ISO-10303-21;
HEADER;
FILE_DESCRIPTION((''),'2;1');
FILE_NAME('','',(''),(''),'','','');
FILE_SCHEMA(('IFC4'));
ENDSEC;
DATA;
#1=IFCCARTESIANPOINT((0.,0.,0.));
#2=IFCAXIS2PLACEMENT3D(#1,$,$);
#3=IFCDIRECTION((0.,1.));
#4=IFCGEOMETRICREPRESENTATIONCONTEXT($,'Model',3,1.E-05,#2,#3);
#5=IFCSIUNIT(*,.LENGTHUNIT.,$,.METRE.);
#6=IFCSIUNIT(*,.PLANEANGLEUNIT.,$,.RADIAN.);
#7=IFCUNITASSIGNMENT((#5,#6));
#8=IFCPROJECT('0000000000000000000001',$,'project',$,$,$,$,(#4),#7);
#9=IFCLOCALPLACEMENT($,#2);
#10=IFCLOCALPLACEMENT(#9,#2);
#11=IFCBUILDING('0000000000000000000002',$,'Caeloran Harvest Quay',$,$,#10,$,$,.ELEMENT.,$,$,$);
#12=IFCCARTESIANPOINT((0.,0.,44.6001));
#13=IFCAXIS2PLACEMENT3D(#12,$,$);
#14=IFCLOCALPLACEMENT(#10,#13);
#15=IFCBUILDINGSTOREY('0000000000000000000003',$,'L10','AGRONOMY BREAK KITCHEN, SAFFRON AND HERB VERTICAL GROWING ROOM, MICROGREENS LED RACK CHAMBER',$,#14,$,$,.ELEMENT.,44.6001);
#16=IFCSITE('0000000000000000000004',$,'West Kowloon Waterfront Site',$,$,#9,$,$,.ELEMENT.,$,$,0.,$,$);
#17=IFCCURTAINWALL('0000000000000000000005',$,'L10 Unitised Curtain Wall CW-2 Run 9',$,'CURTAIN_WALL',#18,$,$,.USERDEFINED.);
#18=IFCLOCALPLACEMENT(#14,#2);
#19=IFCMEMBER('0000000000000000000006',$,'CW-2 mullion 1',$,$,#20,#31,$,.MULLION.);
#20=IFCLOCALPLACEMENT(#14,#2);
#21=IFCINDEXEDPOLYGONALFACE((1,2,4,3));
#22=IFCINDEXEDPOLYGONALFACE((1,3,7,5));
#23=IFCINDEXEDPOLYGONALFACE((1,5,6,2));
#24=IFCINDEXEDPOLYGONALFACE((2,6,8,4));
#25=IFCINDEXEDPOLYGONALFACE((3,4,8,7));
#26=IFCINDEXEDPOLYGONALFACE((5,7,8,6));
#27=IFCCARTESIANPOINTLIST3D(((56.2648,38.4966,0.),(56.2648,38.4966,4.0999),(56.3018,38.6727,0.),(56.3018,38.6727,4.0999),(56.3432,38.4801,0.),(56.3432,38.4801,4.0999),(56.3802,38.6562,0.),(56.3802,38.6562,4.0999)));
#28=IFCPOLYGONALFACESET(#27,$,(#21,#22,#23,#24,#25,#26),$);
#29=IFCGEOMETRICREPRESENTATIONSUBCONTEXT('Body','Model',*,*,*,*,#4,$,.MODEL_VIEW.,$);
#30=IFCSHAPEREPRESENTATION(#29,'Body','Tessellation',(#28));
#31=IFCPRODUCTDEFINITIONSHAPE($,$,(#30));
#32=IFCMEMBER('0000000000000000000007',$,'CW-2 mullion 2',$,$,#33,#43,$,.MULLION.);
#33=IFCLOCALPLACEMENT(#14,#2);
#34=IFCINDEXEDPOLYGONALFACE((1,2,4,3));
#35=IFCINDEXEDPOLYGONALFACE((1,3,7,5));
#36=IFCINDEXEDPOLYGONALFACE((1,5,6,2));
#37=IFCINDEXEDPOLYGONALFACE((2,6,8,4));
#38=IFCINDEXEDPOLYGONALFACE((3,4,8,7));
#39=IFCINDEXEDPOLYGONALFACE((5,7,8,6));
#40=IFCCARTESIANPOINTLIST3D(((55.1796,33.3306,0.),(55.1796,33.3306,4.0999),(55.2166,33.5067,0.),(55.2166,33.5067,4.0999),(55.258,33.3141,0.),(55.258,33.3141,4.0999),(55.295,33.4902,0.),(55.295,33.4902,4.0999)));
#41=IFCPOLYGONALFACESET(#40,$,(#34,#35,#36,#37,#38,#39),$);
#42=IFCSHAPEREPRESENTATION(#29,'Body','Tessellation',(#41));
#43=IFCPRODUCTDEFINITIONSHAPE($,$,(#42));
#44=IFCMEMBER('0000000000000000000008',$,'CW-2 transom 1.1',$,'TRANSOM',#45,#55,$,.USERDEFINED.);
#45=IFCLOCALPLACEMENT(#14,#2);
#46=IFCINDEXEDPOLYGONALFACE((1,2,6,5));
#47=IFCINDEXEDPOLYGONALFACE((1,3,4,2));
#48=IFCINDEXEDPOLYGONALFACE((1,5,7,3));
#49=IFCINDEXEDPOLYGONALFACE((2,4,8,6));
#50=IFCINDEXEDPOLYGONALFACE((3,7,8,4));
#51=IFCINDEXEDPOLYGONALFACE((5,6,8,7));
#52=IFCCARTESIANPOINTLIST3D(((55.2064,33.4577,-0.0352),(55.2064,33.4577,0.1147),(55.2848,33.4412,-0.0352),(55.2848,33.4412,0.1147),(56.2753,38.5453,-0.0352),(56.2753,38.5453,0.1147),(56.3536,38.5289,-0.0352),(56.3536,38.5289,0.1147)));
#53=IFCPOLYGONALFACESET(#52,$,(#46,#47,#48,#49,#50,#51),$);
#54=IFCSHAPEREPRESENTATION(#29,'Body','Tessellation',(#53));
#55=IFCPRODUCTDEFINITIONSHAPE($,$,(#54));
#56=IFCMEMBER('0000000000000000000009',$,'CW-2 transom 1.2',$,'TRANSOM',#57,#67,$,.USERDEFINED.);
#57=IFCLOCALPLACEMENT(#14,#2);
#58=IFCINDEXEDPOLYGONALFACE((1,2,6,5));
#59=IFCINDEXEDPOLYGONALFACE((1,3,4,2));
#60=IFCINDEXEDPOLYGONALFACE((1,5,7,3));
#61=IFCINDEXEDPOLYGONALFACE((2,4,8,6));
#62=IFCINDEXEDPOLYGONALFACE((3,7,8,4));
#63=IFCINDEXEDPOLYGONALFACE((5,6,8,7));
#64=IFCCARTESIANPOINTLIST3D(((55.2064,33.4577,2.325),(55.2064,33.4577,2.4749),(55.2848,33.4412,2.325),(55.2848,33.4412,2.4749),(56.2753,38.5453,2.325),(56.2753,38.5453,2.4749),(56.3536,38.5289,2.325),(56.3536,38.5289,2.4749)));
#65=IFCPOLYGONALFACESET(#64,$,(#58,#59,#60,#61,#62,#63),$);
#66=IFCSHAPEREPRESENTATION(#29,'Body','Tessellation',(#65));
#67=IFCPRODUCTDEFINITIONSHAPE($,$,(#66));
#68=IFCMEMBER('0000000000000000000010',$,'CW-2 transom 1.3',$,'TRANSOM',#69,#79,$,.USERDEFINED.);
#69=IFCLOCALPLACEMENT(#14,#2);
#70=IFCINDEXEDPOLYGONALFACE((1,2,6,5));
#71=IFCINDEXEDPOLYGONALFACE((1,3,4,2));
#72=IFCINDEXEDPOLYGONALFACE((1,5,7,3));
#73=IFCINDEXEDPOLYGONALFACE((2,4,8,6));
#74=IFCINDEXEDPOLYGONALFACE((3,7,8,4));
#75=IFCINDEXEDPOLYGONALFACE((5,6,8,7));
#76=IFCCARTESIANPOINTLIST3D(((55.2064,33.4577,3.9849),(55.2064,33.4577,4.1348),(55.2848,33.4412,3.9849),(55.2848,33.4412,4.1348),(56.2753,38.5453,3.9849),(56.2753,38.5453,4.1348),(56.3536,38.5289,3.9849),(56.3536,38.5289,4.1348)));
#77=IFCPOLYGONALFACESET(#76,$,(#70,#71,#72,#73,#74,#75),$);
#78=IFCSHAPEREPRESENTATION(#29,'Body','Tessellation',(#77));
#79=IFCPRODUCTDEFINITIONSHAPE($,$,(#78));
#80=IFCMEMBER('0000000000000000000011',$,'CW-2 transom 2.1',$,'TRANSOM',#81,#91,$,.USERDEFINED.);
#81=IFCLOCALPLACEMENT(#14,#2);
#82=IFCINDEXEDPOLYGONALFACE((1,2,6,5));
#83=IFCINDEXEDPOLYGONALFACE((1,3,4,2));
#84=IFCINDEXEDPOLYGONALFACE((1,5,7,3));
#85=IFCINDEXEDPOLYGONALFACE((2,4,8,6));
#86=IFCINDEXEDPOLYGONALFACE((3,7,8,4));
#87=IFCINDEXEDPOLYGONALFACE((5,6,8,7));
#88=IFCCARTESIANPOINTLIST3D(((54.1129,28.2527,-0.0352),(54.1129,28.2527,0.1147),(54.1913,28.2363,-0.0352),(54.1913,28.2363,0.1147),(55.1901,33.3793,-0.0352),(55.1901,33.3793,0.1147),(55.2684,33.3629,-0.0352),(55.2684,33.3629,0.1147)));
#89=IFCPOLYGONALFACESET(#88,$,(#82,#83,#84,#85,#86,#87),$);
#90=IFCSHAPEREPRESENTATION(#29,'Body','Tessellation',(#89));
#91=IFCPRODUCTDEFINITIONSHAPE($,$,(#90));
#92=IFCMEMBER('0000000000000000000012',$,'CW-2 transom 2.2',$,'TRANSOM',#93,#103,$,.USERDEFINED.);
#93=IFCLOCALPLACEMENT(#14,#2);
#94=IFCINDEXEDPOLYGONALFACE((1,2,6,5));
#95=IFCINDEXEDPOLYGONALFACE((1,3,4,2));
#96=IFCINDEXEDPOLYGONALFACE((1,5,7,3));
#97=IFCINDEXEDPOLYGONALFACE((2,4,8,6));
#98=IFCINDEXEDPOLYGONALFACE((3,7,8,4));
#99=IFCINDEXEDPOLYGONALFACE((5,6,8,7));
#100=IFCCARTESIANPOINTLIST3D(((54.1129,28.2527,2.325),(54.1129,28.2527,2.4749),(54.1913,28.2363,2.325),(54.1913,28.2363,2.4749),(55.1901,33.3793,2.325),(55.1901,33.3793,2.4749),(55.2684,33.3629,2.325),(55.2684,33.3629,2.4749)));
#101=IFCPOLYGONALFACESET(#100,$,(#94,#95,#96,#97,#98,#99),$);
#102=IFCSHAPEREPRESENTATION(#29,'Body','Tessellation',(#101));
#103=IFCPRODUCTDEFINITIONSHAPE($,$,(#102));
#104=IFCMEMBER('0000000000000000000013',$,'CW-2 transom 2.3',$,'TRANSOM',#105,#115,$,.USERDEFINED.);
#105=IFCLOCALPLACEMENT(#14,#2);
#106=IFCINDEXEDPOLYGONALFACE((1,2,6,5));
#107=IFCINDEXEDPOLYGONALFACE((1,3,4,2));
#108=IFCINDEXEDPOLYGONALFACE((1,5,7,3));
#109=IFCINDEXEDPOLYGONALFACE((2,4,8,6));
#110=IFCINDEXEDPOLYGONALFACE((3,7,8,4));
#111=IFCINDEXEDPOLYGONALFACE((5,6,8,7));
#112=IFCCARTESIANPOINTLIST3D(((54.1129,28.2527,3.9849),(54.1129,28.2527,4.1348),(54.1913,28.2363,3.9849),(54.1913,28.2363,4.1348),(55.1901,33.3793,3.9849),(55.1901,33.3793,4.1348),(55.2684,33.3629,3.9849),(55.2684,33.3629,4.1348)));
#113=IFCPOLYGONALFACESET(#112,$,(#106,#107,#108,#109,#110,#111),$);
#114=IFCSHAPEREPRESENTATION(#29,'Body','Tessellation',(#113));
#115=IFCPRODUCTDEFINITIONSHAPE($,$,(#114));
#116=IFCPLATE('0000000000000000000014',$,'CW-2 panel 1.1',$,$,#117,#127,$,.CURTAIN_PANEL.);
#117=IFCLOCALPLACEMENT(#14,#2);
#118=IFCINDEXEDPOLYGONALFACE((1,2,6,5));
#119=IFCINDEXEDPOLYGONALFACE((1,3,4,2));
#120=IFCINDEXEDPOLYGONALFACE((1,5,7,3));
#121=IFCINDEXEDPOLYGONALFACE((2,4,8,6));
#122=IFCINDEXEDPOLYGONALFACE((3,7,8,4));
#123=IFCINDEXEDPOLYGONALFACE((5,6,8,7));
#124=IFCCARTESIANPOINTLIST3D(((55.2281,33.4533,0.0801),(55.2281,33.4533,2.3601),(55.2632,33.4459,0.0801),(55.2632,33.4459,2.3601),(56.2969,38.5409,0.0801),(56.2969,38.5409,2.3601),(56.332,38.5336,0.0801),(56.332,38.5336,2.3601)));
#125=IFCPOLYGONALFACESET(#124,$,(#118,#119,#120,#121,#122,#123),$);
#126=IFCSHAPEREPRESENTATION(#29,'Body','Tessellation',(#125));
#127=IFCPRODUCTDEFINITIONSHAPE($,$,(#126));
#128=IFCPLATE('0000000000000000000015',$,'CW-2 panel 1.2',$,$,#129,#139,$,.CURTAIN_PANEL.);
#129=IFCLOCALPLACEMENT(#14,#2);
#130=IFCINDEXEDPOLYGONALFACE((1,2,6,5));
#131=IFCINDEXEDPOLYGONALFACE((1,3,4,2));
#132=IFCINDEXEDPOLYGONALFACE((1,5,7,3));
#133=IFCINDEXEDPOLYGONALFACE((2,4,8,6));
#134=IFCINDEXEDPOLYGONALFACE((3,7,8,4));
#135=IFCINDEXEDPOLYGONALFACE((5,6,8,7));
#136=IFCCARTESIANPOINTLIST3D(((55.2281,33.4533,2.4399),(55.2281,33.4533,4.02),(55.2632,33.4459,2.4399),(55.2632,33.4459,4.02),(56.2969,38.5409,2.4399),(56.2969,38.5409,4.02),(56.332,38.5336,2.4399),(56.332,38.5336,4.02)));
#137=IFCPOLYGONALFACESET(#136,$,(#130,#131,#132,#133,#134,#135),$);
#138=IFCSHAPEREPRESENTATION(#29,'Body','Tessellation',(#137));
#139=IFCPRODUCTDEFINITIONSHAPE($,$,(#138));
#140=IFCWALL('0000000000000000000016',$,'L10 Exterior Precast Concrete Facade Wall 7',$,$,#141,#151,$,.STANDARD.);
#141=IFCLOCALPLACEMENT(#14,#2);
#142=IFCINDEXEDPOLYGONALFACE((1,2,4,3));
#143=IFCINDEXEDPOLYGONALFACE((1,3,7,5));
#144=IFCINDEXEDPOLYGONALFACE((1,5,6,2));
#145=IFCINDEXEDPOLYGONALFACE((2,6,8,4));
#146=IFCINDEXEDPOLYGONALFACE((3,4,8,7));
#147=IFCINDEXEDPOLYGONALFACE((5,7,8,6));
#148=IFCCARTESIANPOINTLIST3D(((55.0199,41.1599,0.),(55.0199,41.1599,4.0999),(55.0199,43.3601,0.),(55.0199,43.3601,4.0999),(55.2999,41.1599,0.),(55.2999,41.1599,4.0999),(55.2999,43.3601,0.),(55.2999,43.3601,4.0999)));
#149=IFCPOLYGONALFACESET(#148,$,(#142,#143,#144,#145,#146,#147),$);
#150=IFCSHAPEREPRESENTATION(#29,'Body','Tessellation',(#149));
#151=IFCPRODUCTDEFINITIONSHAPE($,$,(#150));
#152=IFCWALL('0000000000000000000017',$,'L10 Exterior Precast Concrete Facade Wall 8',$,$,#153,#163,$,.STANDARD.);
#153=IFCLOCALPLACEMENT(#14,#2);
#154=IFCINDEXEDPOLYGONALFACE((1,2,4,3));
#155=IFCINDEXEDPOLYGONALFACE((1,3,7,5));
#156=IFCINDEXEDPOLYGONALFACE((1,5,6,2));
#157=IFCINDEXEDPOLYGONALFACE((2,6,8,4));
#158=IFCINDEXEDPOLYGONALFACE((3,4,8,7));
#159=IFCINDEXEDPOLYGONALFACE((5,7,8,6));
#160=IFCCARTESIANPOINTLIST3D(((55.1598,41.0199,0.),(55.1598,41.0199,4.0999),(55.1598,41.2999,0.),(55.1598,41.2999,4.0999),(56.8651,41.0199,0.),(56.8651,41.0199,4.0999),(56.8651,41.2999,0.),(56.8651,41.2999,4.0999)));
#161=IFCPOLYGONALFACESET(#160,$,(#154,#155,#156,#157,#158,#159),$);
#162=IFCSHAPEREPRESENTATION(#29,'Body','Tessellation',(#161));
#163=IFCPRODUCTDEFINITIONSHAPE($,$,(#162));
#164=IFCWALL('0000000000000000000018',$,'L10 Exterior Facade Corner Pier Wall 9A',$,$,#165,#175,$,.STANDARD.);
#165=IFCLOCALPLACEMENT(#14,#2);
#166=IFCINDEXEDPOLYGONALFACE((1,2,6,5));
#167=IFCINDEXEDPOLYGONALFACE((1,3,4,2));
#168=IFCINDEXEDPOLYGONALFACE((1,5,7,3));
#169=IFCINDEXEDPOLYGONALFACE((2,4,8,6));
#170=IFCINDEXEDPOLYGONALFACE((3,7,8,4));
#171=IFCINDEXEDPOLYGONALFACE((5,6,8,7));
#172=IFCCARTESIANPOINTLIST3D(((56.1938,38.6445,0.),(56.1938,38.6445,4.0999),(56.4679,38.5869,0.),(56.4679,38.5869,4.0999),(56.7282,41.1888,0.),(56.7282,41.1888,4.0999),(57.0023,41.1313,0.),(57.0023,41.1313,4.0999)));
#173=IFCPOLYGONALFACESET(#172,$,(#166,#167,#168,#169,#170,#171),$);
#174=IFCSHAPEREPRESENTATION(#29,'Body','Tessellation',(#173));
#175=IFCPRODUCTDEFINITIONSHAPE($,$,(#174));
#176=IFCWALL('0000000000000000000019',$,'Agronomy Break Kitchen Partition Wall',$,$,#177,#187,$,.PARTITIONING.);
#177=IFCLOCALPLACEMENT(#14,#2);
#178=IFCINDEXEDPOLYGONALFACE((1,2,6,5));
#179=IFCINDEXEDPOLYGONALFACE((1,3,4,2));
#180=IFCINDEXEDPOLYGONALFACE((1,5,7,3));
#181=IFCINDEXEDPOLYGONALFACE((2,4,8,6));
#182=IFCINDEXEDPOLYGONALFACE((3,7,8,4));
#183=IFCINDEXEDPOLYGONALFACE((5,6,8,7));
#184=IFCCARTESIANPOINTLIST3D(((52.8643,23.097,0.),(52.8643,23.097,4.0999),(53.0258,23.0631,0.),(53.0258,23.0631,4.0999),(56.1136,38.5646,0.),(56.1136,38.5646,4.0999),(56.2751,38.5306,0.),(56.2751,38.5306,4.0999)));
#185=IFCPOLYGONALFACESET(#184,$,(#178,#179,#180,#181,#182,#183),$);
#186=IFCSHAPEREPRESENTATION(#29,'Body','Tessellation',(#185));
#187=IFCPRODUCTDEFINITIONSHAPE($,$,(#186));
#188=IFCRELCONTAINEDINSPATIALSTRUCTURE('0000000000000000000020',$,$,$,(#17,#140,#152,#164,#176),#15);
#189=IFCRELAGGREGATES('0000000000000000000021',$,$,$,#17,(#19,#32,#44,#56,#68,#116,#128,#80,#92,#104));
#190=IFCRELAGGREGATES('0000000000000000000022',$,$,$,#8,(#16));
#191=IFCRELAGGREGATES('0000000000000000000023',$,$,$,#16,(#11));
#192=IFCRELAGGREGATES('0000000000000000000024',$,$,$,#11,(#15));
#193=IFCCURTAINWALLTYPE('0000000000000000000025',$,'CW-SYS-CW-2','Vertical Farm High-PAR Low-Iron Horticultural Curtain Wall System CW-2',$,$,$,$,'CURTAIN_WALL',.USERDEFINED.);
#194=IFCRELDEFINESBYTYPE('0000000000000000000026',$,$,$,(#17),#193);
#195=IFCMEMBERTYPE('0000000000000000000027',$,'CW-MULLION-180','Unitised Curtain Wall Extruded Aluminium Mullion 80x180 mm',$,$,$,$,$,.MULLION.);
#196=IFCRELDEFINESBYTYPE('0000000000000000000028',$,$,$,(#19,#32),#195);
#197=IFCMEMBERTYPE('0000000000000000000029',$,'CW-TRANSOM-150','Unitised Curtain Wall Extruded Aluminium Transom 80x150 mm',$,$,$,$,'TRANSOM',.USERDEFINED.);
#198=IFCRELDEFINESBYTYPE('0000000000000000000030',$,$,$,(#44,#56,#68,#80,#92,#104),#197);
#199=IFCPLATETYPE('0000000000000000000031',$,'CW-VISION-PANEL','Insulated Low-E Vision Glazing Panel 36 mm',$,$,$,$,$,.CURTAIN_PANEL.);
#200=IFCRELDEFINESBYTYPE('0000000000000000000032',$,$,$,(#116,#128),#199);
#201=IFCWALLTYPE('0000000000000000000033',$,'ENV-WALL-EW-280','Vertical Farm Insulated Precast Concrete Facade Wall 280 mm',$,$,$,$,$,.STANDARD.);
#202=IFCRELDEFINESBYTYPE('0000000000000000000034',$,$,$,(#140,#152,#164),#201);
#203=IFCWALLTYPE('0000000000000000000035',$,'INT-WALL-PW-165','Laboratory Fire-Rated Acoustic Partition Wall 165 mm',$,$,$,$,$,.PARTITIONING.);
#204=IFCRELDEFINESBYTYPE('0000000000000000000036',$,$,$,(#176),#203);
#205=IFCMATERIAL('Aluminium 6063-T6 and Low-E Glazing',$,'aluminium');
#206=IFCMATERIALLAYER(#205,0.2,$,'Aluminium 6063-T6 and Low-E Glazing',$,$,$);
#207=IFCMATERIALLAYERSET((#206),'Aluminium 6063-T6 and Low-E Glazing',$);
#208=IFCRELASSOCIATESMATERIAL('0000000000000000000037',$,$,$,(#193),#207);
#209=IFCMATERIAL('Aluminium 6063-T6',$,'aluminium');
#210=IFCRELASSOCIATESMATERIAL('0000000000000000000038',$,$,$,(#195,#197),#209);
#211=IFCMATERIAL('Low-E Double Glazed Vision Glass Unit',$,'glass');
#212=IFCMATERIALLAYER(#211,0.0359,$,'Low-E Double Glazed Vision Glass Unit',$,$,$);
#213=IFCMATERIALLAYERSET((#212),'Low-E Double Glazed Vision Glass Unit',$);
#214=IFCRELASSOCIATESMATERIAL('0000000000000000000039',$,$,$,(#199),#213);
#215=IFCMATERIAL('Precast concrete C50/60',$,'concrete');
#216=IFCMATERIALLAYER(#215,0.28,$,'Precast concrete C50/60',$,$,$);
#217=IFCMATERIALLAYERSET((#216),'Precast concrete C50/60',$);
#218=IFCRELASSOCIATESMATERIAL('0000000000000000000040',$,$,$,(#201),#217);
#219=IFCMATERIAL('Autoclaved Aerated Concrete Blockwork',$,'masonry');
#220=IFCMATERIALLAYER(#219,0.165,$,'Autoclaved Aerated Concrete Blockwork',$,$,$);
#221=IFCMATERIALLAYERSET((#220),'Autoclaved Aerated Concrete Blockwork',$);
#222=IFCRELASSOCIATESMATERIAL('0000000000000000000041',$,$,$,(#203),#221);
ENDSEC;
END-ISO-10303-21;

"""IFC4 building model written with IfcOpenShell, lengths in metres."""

from ifc_helpers import new_model, si_unit, direction, frame, frame_2d, origin, origin_2d, place, context, subcontext, project, spatial, rectangle, extrude, material, layer, layer_set, material_profile, profile_set, type_object, element, aggregate, save


model = new_model("IFC4")

# Units and contexts
model_context = context("Model", 3, precision=1e-05, world=origin(), true_north=direction((0.0, 1.0)))
body_context = subcontext(model_context, "Body", "Model", "MODEL_VIEW")
ifc_project = project(units=[si_unit("LENGTHUNIT", "METRE"), si_unit("PLANEANGLEUNIT", "RADIAN")], contexts=[model_context])

# Site, building, storey
site_placement = place(None, origin())
site = spatial("IfcSite", under=ifc_project, at=site_placement, Name="West Kowloon Waterfront Site", CompositionType="ELEMENT", RefElevation=0.0)
building_placement = place(site_placement, origin())
building = spatial("IfcBuilding", under=site, at=building_placement, Name="Caeloran Harvest Quay", CompositionType="ELEMENT")
storey_placement = place(building_placement, frame((0.0, 0.0, 44.6001)))
storey = spatial("IfcBuildingStorey", under=building, at=storey_placement, Name="L10", Description="AGRONOMY BREAK KITCHEN, SAFFRON AND HERB VERTICAL GROWING ROOM, MICROGREENS LED RACK CHAMBER", CompositionType="ELEMENT", Elevation=44.6001)

# Curtain wall, members, plates
ifc_material_1 = material(Name="Aluminium 6063-T6 and Low-E Glazing", Category="aluminium")
ifc_layer_1 = layer(ifc_material_1, 0.2, Name="Aluminium 6063-T6 and Low-E Glazing")
ifc_layer_set_1 = layer_set([ifc_layer_1], Name="Aluminium 6063-T6 and Low-E Glazing")
curtain_wall_type = type_object("IfcCurtainWallType", Name="CW-SYS-CW-2", Description="Vertical Farm High-PAR Low-Iron Horticultural Curtain Wall System CW-2", ElementType="CURTAIN_WALL", PredefinedType="USERDEFINED", material=ifc_layer_set_1)
curtain_wall_placement = place(storey_placement, origin())
curtain_wall = element("IfcCurtainWall", 1, at=curtain_wall_placement, inside=storey, type_object=curtain_wall_type, Name="L10 Unitised Curtain Wall CW-2 Run 9", ObjectType="CURTAIN_WALL", PredefinedType="USERDEFINED")
ifc_material_2 = material(Name="Aluminium 6063-T6", Category="aluminium")
ifc_material_profile_1 = material_profile(ifc_material_2, rectangle(XDim=0.0801, YDim=0.1799, at=origin_2d()), Name="CW-MULLION-180")
ifc_profile_set_1 = profile_set([ifc_material_profile_1], Name="Aluminium 6063-T6")
member_type_1 = type_object("IfcMemberType", Name="CW-MULLION-180", Description="Unitised Curtain Wall Extruded Aluminium Mullion 80x180 mm", PredefinedType="MULLION", material=ifc_profile_set_1)
member_1_placement = place(storey_placement, frame((56.3225, 38.5764, 0.0), z_axis=(0.0, 0.0, 1.0), x_axis=(0.97864, -0.205583, 0.0)))
member_1 = element("IfcMember", 2, at=member_1_placement, type_object=member_type_1, Name="CW-2 mullion 1", PredefinedType="MULLION", context=body_context, shape_type="SweptSolid", body=[
    extrude(rectangle(XDim=0.0801, YDim=0.1799, at=origin_2d()), origin(), (0.0, 0.0, 1.0), 4.0999),
])
member_2_placement = place(storey_placement, frame((55.2373, 33.4104, 0.0), z_axis=(0.0, 0.0, 1.0), x_axis=(0.97864, -0.205583, 0.0)))
member_2 = element("IfcMember", 3, at=member_2_placement, type_object=member_type_1, Name="CW-2 mullion 2", PredefinedType="MULLION", context=body_context, shape_type="SweptSolid", body=[
    extrude(rectangle(XDim=0.0801, YDim=0.1799, at=origin_2d()), origin(), (0.0, 0.0, 1.0), 4.0999),
])
ifc_material_profile_2 = material_profile(ifc_material_2, rectangle(XDim=0.0801, YDim=0.1499, at=origin_2d()), Name="CW-TRANSOM-150")
ifc_profile_set_2 = profile_set([ifc_material_profile_2], Name="Aluminium 6063-T6")
member_type_2 = type_object("IfcMemberType", Name="CW-TRANSOM-150", Description="Unitised Curtain Wall Extruded Aluminium Transom 80x150 mm", ElementType="TRANSOM", PredefinedType="USERDEFINED", material=ifc_profile_set_2)
member_3_placement = place(storey_placement, frame((56.3145, 38.5371, 0.0398), z_axis=(-0.205599, -0.978636, 0.0), x_axis=(0.978636, -0.205599, 0.0)))
member_3 = element("IfcMember", 4, at=member_3_placement, type_object=member_type_2, Name="CW-2 transom 1.1", ObjectType="TRANSOM", PredefinedType="USERDEFINED", context=body_context, shape_type="SweptSolid", body=[
    extrude(rectangle(XDim=0.0801, YDim=0.1499, at=origin_2d()), origin(), (0.0, 0.0, 1.0), 5.1987),
])
member_4_placement = place(storey_placement, frame((56.3145, 38.5371, 2.3999), z_axis=(-0.205599, -0.978636, 0.0), x_axis=(0.978636, -0.205599, 0.0)))
member_4 = element("IfcMember", 5, at=member_4_placement, type_object=member_type_2, Name="CW-2 transom 1.2", ObjectType="TRANSOM", PredefinedType="USERDEFINED", context=body_context, shape_type="SweptSolid", body=[
    extrude(rectangle(XDim=0.0801, YDim=0.1499, at=origin_2d()), origin(), (0.0, 0.0, 1.0), 5.1987),
])
member_5_placement = place(storey_placement, frame((56.3145, 38.5371, 4.0598), z_axis=(-0.205599, -0.978636, 0.0), x_axis=(0.978636, -0.205599, 0.0)))
member_5 = element("IfcMember", 6, at=member_5_placement, type_object=member_type_2, Name="CW-2 transom 1.3", ObjectType="TRANSOM", PredefinedType="USERDEFINED", context=body_context, shape_type="SweptSolid", body=[
    extrude(rectangle(XDim=0.0801, YDim=0.1499, at=origin_2d()), origin(), (0.0, 0.0, 1.0), 5.1987),
])
member_6_placement = place(storey_placement, frame((55.2292, 33.3711, 0.0398), z_axis=(-0.205616, -0.978633, 0.0), x_axis=(0.978633, -0.205616, 0.0)))
member_6 = element("IfcMember", 7, at=member_6_placement, type_object=member_type_2, Name="CW-2 transom 2.1", ObjectType="TRANSOM", PredefinedType="USERDEFINED", context=body_context, shape_type="SweptSolid", body=[
    extrude(rectangle(XDim=0.0801, YDim=0.1499, at=origin_2d()), origin(), (0.0, 0.0, 1.0), 5.2385),
])
member_7_placement = place(storey_placement, frame((55.2292, 33.3711, 2.3999), z_axis=(-0.205616, -0.978633, 0.0), x_axis=(0.978633, -0.205616, 0.0)))
member_7 = element("IfcMember", 8, at=member_7_placement, type_object=member_type_2, Name="CW-2 transom 2.2", ObjectType="TRANSOM", PredefinedType="USERDEFINED", context=body_context, shape_type="SweptSolid", body=[
    extrude(rectangle(XDim=0.0801, YDim=0.1499, at=origin_2d()), origin(), (0.0, 0.0, 1.0), 5.2385),
])
member_8_placement = place(storey_placement, frame((55.2292, 33.3711, 4.0598), z_axis=(-0.205616, -0.978633, 0.0), x_axis=(0.978633, -0.205616, 0.0)))
member_8 = element("IfcMember", 9, at=member_8_placement, type_object=member_type_2, Name="CW-2 transom 2.3", ObjectType="TRANSOM", PredefinedType="USERDEFINED", context=body_context, shape_type="SweptSolid", body=[
    extrude(rectangle(XDim=0.0801, YDim=0.1499, at=origin_2d()), origin(), (0.0, 0.0, 1.0), 5.2385),
])
ifc_material_3 = material(Name="Low-E Double Glazed Vision Glass Unit", Category="glass")
ifc_layer_2 = layer(ifc_material_3, 0.0359, Name="Low-E Double Glazed Vision Glass Unit")
ifc_layer_set_2 = layer_set([ifc_layer_2], Name="Low-E Double Glazed Vision Glass Unit")
plate_type = type_object("IfcPlateType", Name="CW-VISION-PANEL", Description="Insulated Low-E Vision Glazing Panel 36 mm", PredefinedType="CURTAIN_PANEL", material=ifc_layer_set_2)
plate_1_placement = place(storey_placement, frame((55.78, 35.9934, 0.0801), z_axis=(0.0, 0.0, 1.0), x_axis=(-0.205583, -0.97864, 0.0)))
plate_1 = element("IfcPlate", 10, at=plate_1_placement, type_object=plate_type, Name="CW-2 panel 1.1", PredefinedType="CURTAIN_PANEL", context=body_context, shape_type="SweptSolid", body=[
    extrude(rectangle(XDim=5.1987, YDim=0.0359, at=origin_2d()), origin(), (0.0, 0.0, 1.0), 2.28),
])
plate_2_placement = place(storey_placement, frame((55.78, 35.9934, 2.4399), z_axis=(0.0, 0.0, 1.0), x_axis=(-0.205583, -0.97864, 0.0)))
plate_2 = element("IfcPlate", 11, at=plate_2_placement, type_object=plate_type, Name="CW-2 panel 1.2", PredefinedType="CURTAIN_PANEL", context=body_context, shape_type="SweptSolid", body=[
    extrude(rectangle(XDim=5.1987, YDim=0.0359, at=origin_2d()), origin(), (0.0, 0.0, 1.0), 1.5801),
])
aggregate(curtain_wall, [member_1, member_2, member_3, member_4, member_5, plate_1, plate_2, member_6, member_7, member_8])

# Walls
ifc_material_4 = material(Name="Precast concrete C50/60", Category="concrete")
ifc_layer_3 = layer(ifc_material_4, 0.28, Name="Precast concrete C50/60")
ifc_layer_set_3 = layer_set([ifc_layer_3], Name="Precast concrete C50/60")
wall_type_1 = type_object("IfcWallType", Name="ENV-WALL-EW-280", Description="Vertical Farm Insulated Precast Concrete Facade Wall 280 mm", PredefinedType="STANDARD", material=ifc_layer_set_3)
wall_1_placement = place(storey_placement, frame((55.1599, 43.3601, 0.0), z_axis=(0.0, 0.0, 1.0), x_axis=(0.0, -1.0, 0.0)))
element("IfcWall", 12, at=wall_1_placement, inside=storey, type_object=wall_type_1, Name="L10 Exterior Precast Concrete Facade Wall 7", PredefinedType="STANDARD", context=body_context, shape_type="SweptSolid", body=[
    extrude(rectangle(XDim=2.2002, YDim=0.28, at=frame_2d((1.1001, 0.0))), origin(), (0.0, 0.0, 1.0), 4.0999),
])
wall_2_placement = place(storey_placement, frame((55.1599, 41.1599, 0.0), z_axis=(0.0, 0.0, 1.0), x_axis=(1.0, 0.0, 0.0)))
element("IfcWall", 13, at=wall_2_placement, inside=storey, type_object=wall_type_1, Name="L10 Exterior Precast Concrete Facade Wall 8", PredefinedType="STANDARD", context=body_context, shape_type="SweptSolid", body=[
    extrude(rectangle(XDim=1.7053, YDim=0.28, at=frame_2d((0.8525, 0.0))), origin(), (0.0, 0.0, 1.0), 4.0999),
])
wall_3_placement = place(storey_placement, frame((56.8652, 41.1599, 0.0), z_axis=(0.0, 0.0, 1.0), x_axis=(-0.205551, -0.978646, 0.0)))
element("IfcWall", 14, at=wall_3_placement, inside=storey, type_object=wall_type_1, Name="L10 Exterior Facade Corner Pier Wall 9A", PredefinedType="STANDARD", context=body_context, shape_type="SweptSolid", body=[
    extrude(rectangle(XDim=2.5999, YDim=0.28, at=frame_2d((1.2998, 0.0))), origin(), (0.0, 0.0, 1.0), 4.0999),
])
ifc_material_5 = material(Name="Autoclaved Aerated Concrete Blockwork", Category="masonry")
ifc_layer_4 = layer(ifc_material_5, 0.165, Name="Autoclaved Aerated Concrete Blockwork")
ifc_layer_set_4 = layer_set([ifc_layer_4], Name="Autoclaved Aerated Concrete Blockwork")
wall_type_2 = type_object("IfcWallType", Name="INT-WALL-PW-165", Description="Laboratory Fire-Rated Acoustic Partition Wall 165 mm", PredefinedType="PARTITIONING", material=ifc_layer_set_4)
wall_4_placement = place(storey_placement, frame((56.1943, 38.5476, 0.0), z_axis=(0.0, 0.0, 1.0), x_axis=(-0.205583, -0.97864, 0.0)))
element("IfcWall", 15, at=wall_4_placement, inside=storey, type_object=wall_type_2, Name="Agronomy Break Kitchen Partition Wall", PredefinedType="PARTITIONING", context=body_context, shape_type="SweptSolid", body=[
    extrude(rectangle(XDim=15.8052, YDim=0.165, at=frame_2d((7.9026, 0.0))), origin(), (0.0, 0.0, 1.0), 4.0999),
])

save(model, "model.ifc")
